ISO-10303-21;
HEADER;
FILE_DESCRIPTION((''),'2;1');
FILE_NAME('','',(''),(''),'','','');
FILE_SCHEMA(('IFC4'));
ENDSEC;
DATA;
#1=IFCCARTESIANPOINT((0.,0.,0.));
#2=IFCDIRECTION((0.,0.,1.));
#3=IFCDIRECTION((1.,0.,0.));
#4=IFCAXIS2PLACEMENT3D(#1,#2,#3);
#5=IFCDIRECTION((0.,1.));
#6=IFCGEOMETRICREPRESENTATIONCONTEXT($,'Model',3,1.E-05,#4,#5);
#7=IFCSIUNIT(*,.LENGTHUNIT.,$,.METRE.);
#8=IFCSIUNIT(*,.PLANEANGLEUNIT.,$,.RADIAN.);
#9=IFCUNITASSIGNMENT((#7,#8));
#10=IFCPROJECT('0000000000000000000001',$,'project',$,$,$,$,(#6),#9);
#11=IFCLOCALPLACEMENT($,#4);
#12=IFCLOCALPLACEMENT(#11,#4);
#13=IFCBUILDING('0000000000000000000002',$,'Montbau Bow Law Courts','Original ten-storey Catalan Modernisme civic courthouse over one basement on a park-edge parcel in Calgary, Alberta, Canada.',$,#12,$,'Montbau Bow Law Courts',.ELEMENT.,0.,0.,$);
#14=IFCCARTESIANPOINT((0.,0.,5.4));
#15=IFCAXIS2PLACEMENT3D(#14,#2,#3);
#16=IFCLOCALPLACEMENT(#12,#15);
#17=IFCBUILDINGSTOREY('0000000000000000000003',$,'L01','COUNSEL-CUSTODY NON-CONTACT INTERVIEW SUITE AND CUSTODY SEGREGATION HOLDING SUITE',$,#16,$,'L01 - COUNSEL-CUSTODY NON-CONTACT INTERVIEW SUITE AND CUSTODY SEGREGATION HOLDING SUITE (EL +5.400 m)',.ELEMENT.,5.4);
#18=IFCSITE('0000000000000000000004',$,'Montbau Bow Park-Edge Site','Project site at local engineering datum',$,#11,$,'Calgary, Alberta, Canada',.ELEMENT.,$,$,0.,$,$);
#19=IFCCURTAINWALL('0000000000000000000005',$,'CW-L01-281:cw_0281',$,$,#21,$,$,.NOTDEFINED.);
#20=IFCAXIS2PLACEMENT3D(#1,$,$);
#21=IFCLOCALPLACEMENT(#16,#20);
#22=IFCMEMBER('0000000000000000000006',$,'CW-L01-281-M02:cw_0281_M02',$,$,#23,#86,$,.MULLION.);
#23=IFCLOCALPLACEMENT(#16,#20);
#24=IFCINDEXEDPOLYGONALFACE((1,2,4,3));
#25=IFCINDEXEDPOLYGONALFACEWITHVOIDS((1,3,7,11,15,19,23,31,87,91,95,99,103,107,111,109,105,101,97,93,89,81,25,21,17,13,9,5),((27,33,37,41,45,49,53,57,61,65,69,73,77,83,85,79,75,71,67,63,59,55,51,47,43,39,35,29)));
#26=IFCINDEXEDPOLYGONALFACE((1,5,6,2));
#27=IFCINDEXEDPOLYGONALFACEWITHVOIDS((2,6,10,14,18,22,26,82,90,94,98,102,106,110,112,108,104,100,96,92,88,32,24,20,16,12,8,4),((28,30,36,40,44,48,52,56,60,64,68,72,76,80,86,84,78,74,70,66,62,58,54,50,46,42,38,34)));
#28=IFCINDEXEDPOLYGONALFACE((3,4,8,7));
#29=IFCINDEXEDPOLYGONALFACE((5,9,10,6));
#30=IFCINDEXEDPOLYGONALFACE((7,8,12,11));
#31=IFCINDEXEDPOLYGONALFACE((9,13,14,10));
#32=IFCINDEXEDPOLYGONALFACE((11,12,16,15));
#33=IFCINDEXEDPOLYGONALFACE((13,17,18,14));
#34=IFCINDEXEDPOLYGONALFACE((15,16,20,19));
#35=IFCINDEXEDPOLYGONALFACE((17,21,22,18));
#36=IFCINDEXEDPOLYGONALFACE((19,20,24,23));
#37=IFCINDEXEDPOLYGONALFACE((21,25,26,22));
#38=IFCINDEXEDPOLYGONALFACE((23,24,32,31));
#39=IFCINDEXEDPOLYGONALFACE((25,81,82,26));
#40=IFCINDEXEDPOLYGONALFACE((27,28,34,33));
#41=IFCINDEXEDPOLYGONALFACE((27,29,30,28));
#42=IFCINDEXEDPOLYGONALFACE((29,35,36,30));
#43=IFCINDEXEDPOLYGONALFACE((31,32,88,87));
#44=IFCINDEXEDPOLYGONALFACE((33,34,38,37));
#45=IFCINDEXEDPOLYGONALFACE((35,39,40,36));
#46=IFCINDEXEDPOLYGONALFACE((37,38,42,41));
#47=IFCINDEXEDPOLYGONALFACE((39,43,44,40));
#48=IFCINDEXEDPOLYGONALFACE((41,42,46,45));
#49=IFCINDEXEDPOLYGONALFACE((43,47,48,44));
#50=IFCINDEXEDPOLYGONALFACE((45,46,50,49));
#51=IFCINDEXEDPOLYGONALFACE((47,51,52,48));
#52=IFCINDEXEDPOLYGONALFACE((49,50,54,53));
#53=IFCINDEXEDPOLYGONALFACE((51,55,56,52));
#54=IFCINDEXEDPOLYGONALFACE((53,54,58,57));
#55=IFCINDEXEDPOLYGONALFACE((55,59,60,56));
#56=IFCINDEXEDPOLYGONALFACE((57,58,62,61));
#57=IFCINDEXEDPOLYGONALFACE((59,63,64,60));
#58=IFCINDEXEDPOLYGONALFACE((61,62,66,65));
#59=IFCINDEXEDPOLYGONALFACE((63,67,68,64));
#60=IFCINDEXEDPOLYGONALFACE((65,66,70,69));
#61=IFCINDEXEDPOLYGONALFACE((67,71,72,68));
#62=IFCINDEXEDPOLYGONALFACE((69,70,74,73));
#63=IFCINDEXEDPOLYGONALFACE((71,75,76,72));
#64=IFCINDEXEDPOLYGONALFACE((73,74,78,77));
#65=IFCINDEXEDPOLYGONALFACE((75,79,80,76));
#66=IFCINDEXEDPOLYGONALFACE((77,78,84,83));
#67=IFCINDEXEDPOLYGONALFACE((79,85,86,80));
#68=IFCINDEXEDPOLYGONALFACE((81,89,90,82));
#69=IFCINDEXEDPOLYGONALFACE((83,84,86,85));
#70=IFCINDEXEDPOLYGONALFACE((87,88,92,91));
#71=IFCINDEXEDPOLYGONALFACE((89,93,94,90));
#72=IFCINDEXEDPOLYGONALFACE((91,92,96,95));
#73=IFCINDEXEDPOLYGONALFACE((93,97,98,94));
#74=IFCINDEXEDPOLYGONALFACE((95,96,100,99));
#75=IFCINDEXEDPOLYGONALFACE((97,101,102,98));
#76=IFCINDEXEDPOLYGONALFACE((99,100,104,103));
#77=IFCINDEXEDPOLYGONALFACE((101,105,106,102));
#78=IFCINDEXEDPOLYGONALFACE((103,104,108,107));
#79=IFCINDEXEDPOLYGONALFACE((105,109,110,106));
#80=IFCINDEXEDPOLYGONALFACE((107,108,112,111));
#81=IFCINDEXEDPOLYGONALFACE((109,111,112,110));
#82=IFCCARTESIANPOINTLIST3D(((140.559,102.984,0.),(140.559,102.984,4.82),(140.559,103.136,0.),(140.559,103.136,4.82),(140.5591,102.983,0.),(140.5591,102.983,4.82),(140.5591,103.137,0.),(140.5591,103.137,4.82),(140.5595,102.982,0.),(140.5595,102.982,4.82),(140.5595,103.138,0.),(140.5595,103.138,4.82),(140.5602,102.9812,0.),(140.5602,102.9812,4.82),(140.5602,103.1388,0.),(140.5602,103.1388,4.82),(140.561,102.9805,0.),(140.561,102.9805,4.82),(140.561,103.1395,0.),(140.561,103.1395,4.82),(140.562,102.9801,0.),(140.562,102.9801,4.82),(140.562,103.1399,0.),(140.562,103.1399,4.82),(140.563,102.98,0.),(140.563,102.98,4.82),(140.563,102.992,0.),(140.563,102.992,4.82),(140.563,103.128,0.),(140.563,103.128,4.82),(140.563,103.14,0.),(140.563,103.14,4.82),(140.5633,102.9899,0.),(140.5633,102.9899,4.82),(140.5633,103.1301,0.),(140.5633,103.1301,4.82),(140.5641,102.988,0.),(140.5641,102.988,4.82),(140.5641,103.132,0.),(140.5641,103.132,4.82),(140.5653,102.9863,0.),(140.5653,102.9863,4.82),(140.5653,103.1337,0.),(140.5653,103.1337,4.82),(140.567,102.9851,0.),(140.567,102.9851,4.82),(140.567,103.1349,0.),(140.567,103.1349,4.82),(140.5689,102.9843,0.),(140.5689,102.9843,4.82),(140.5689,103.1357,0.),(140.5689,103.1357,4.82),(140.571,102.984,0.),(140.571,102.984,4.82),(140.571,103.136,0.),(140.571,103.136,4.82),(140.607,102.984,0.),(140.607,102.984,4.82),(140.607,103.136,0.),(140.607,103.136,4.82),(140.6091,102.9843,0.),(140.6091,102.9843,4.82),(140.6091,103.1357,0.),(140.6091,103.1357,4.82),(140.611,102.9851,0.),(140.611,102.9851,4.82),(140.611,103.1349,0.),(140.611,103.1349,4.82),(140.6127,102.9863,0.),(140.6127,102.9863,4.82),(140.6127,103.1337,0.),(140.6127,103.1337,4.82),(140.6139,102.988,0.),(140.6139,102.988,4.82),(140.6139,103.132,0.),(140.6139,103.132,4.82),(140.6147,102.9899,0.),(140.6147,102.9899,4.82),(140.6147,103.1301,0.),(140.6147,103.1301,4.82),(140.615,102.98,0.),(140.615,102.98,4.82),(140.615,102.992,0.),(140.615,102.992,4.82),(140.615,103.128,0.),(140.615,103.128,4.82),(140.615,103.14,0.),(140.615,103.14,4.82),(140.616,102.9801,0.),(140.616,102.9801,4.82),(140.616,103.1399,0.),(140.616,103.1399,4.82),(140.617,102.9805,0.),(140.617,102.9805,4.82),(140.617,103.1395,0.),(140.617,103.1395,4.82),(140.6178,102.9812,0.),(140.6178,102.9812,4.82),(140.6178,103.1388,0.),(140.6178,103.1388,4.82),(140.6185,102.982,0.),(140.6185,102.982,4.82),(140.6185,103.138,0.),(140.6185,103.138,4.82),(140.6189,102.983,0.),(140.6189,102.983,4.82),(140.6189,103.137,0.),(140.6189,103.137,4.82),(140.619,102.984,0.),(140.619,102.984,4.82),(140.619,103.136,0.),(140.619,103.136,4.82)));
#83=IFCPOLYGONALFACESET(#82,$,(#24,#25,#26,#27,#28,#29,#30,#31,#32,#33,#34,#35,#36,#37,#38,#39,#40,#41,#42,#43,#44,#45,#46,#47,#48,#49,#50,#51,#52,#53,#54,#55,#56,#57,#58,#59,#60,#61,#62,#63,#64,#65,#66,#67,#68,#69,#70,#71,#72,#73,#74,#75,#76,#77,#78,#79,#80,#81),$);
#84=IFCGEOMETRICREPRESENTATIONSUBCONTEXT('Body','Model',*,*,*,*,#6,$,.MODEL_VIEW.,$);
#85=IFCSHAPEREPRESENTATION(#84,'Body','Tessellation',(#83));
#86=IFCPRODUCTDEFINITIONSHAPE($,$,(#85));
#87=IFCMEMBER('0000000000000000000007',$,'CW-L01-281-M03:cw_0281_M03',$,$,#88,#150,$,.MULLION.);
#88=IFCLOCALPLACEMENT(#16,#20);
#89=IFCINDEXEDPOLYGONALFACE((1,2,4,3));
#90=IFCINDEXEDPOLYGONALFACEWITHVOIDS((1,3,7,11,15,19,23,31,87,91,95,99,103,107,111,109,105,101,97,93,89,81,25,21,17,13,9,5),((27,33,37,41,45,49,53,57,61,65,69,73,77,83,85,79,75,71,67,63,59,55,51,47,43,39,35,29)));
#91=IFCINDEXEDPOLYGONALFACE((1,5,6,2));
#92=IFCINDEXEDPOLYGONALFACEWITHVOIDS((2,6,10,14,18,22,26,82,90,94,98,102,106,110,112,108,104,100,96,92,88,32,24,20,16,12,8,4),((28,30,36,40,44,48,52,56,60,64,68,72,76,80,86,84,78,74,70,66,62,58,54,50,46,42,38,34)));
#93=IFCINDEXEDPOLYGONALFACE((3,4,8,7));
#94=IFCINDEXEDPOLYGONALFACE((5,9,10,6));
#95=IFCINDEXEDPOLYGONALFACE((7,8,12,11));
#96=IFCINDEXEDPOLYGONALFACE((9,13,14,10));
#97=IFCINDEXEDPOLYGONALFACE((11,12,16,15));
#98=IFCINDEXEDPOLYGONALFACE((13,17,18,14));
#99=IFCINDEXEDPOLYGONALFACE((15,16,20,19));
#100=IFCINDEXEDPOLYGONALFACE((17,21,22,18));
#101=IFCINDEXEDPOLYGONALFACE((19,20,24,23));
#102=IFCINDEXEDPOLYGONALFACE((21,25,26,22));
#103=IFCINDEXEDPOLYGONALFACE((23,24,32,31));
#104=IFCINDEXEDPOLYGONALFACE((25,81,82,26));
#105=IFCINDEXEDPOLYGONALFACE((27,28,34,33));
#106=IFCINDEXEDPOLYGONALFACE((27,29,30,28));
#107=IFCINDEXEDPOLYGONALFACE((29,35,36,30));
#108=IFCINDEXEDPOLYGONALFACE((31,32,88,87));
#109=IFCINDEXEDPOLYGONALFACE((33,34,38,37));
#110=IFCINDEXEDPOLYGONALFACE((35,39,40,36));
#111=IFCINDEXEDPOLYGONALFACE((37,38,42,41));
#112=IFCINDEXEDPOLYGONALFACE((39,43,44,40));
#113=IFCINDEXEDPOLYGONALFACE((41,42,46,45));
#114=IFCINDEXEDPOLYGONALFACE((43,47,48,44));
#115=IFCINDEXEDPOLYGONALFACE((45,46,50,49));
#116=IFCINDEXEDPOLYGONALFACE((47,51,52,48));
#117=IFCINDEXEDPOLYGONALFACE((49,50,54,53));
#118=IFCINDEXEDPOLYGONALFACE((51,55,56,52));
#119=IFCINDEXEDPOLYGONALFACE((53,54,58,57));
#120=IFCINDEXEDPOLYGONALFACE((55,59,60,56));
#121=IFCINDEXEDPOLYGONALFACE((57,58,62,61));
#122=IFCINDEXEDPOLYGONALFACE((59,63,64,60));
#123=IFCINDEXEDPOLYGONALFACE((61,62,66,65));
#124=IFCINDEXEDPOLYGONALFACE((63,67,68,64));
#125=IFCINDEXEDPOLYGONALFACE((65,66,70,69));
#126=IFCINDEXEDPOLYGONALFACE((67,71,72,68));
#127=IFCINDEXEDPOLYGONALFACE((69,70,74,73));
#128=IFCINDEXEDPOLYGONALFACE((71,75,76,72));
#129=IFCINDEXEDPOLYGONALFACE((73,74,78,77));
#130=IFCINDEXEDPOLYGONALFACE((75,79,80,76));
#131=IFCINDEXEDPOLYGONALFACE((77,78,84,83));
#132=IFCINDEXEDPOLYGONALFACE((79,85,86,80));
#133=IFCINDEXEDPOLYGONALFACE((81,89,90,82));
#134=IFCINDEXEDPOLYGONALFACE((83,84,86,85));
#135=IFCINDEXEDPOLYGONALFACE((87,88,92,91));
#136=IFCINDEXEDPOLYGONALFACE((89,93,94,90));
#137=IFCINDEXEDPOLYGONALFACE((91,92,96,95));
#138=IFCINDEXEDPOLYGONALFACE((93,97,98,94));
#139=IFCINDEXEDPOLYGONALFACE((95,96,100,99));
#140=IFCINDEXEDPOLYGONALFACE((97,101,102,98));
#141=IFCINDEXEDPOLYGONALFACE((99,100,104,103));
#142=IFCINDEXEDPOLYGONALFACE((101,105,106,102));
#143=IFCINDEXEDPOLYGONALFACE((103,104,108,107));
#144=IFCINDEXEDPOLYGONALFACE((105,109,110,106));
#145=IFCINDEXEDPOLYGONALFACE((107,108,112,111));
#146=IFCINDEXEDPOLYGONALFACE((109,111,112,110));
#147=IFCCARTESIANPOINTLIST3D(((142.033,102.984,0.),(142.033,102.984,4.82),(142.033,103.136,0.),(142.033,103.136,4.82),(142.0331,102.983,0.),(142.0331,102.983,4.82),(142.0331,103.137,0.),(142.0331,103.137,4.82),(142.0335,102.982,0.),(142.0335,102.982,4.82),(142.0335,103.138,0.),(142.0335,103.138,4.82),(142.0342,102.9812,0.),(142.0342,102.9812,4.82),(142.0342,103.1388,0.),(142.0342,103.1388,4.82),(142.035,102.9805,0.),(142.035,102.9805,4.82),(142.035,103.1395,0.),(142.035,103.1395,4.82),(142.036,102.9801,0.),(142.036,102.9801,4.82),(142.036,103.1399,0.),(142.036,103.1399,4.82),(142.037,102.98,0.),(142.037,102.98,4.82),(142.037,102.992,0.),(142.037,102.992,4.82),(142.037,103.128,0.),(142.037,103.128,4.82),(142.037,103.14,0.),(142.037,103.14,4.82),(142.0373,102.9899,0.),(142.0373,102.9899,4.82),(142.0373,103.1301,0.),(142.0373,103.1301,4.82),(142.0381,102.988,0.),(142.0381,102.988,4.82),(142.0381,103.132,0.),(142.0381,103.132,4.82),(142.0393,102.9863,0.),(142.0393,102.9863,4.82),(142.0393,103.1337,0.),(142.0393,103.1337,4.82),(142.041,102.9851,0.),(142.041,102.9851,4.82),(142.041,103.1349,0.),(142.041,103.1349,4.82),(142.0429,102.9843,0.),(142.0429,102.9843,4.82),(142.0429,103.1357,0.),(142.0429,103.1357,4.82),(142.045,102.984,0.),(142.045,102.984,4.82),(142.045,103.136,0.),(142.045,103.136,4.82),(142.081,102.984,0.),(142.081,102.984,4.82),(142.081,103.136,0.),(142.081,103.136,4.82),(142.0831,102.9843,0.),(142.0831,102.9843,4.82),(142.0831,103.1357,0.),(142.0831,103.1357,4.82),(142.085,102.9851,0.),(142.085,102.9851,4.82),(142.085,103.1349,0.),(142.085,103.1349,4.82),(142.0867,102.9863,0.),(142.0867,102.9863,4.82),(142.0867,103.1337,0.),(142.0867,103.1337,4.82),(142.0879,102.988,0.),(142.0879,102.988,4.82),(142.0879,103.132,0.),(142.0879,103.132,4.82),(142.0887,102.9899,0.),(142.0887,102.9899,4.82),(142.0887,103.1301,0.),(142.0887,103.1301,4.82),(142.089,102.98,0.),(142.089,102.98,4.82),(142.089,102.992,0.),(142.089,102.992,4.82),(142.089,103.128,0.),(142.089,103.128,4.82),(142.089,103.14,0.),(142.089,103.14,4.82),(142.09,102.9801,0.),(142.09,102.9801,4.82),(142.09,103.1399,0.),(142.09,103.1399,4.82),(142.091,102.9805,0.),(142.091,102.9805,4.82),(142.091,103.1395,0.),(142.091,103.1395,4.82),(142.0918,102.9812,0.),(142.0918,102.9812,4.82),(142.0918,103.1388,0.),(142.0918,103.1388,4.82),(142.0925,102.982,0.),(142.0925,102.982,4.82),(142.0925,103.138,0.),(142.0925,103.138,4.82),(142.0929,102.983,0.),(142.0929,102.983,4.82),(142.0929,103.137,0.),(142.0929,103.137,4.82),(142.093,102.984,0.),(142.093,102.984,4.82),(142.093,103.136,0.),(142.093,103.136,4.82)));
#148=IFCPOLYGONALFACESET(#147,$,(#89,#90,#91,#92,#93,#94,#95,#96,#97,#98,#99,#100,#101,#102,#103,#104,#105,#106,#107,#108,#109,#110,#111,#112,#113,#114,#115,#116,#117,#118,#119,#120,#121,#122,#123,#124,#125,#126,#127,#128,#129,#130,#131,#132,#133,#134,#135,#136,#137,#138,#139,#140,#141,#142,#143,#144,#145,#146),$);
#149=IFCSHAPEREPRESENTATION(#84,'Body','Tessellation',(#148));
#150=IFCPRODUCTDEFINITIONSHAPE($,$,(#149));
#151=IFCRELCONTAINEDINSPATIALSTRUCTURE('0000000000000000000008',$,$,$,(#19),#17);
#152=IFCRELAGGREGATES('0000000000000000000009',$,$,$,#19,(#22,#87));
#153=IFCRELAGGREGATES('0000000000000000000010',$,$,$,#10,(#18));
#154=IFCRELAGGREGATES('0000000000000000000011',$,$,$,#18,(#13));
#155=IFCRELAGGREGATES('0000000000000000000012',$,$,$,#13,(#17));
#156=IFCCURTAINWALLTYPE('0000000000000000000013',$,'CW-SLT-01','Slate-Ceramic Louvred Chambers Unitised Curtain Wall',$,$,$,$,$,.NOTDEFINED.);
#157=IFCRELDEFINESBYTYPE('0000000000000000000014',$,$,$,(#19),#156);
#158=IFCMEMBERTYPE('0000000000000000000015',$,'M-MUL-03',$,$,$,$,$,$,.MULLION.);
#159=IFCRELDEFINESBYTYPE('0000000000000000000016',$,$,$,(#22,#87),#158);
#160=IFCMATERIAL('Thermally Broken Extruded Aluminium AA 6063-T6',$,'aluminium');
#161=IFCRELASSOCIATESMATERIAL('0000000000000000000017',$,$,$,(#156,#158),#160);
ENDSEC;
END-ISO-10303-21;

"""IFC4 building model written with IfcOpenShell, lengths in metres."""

from ifc_helpers import new_model, si_unit, direction, frame, origin_with_axes, origin_2d_with_axis, place, context, subcontext, project, spatial, hollow_rectangle, extrude, material, material_profile, profile_set, type_object, element, aggregate, save


model = new_model("IFC4")

# Units and contexts
model_context = context("Model", 3, precision=1e-05, world=origin_with_axes(), true_north=direction((0.0, 1.0)))
body_context = subcontext(model_context, "Body", "Model", "MODEL_VIEW")
ifc_project = project(units=[si_unit("LENGTHUNIT", "METRE"), si_unit("PLANEANGLEUNIT", "RADIAN")], contexts=[model_context])

# Site, building, storey
site_placement = place(None, origin_with_axes())
site = spatial("IfcSite", under=ifc_project, at=site_placement, Name="Montbau Bow Park-Edge Site", Description="Project site at local engineering datum", LongName="Calgary, Alberta, Canada", CompositionType="ELEMENT", RefElevation=0.0)
building_placement = place(site_placement, origin_with_axes())
building = spatial("IfcBuilding", under=site, at=building_placement, Name="Montbau Bow Law Courts", Description="Original ten-storey Catalan Modernisme civic courthouse over one basement on a park-edge parcel in Calgary, Alberta, Canada.", LongName="Montbau Bow Law Courts", CompositionType="ELEMENT", ElevationOfRefHeight=0.0, ElevationOfTerrain=0.0)
storey_placement = place(building_placement, frame((0.0, 0.0, 5.4), z_axis=(0.0, 0.0, 1.0), x_axis=(1.0, 0.0, 0.0)))
storey = spatial("IfcBuildingStorey", under=building, at=storey_placement, Name="L01", Description="COUNSEL-CUSTODY NON-CONTACT INTERVIEW SUITE AND CUSTODY SEGREGATION HOLDING SUITE", LongName="L01 - COUNSEL-CUSTODY NON-CONTACT INTERVIEW SUITE AND CUSTODY SEGREGATION HOLDING SUITE (EL +5.400 m)", CompositionType="ELEMENT", Elevation=5.4)

# Curtain wall, members
ifc_material_1 = material(Name="Thermally Broken Extruded Aluminium AA 6063-T6", Category="aluminium")
curtain_wall_type = type_object("IfcCurtainWallType", Name="CW-SLT-01", Description="Slate-Ceramic Louvred Chambers Unitised Curtain Wall", PredefinedType="NOTDEFINED", material=ifc_material_1)
curtain_wall_placement = place(None, frame((139.115, 103.06, 5.4), z_axis=(0.0, 0.0, 1.0), x_axis=(1.0, 0.0, 0.0)))
curtain_wall = element("IfcCurtainWall", 1, at=curtain_wall_placement, inside=storey, type_object=curtain_wall_type, Name="CW-L01-281:cw_0281", PredefinedType="NOTDEFINED")
ifc_material_profile_1 = material_profile(ifc_material_1, hollow_rectangle(XDim=0.06, YDim=0.16, WallThickness=0.004, InnerFilletRadius=0.008, OuterFilletRadius=0.004, at=origin_2d_with_axis()), Name="CWM-160X60", Category="Main", Priority=0)
ifc_profile_set_1 = profile_set([ifc_material_profile_1], Name="Thermally Broken Extruded Aluminium AA 6063-T6")
member_type_1 = type_object("IfcMemberType", Name="M-MUL-03", PredefinedType="MULLION", material=ifc_profile_set_1)
member_1_placement = place(None, frame((140.589, 103.06, 5.4), z_axis=(0.0, 0.0, 1.0), x_axis=(1.0, 0.0, 0.0)))
member_1 = element("IfcMember", 2, at=member_1_placement, type_object=member_type_1, Name="CW-L01-281-M02:cw_0281_M02", PredefinedType="MULLION", context=body_context, shape_type="SweptSolid", body=[
    extrude(hollow_rectangle(XDim=0.06, YDim=0.16, WallThickness=0.004, InnerFilletRadius=0.008, OuterFilletRadius=0.004, at=origin_2d_with_axis()), origin_with_axes(), (0.0, 0.0, 1.0), 4.82),
])
member_2_placement = place(None, frame((142.063, 103.06, 5.4), z_axis=(0.0, 0.0, 1.0), x_axis=(1.0, 0.0, 0.0)))
member_2 = element("IfcMember", 3, at=member_2_placement, type_object=member_type_1, Name="CW-L01-281-M03:cw_0281_M03", PredefinedType="MULLION", context=body_context, shape_type="SweptSolid", body=[
    extrude(hollow_rectangle(XDim=0.06, YDim=0.16, WallThickness=0.004, InnerFilletRadius=0.008, OuterFilletRadius=0.004, at=origin_2d_with_axis()), origin_with_axes(), (0.0, 0.0, 1.0), 4.82),
])
aggregate(curtain_wall, [member_1, member_2])

save(model, "model.ifc")
